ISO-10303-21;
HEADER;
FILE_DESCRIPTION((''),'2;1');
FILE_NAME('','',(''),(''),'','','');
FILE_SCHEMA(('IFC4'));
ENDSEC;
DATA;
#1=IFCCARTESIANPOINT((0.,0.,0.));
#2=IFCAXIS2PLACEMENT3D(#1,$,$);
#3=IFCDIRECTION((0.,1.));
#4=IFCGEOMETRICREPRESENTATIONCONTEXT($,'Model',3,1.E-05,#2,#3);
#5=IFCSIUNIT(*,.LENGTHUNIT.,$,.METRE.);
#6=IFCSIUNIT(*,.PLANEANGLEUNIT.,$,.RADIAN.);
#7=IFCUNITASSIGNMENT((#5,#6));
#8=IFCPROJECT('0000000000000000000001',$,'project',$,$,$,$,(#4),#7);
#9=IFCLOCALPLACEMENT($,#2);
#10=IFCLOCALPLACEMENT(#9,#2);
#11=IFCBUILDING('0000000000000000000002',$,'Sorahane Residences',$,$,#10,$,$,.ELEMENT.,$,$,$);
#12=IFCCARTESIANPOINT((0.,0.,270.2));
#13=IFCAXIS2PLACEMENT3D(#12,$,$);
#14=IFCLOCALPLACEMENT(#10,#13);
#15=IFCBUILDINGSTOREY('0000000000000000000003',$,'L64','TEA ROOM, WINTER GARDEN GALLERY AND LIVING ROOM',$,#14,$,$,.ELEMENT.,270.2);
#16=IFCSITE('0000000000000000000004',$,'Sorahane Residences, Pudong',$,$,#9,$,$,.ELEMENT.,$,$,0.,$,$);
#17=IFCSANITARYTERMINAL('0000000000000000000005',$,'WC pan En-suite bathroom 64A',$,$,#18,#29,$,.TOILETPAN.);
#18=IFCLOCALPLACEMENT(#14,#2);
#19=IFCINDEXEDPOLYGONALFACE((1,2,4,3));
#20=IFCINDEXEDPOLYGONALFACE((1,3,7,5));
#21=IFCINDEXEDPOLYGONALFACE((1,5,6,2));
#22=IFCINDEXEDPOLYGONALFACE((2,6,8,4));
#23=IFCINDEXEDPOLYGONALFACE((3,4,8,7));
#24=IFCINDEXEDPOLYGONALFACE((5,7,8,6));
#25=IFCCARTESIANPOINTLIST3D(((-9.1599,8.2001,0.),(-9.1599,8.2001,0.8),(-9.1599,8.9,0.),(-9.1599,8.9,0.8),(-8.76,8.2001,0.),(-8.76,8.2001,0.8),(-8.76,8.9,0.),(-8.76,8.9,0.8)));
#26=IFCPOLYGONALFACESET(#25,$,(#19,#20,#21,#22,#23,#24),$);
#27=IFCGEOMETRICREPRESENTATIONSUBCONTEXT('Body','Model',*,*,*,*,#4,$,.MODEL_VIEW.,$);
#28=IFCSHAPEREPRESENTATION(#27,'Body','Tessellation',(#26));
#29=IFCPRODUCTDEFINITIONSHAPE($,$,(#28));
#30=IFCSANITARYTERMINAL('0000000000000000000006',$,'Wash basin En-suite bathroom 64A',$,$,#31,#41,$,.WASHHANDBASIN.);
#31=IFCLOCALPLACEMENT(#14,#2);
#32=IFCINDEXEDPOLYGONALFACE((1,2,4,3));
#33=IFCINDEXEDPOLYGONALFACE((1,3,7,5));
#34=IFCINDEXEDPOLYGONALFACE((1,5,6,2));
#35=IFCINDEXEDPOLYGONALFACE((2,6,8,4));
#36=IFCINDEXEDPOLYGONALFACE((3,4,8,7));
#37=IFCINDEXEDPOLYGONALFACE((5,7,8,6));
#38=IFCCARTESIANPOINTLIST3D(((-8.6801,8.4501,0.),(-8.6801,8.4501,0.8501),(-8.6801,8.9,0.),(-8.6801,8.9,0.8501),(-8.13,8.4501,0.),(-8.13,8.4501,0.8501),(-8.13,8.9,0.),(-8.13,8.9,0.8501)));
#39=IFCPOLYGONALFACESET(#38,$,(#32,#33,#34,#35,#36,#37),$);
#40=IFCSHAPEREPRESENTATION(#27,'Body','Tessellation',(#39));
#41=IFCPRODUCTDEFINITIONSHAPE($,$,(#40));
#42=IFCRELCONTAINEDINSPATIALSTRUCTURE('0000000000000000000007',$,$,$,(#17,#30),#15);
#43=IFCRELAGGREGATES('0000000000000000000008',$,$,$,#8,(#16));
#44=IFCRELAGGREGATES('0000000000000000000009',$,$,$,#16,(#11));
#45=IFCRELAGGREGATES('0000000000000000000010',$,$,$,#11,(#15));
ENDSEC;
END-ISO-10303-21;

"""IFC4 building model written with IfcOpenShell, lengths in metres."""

from ifc_helpers import new_model, si_unit, direction, frame, origin, origin_2d, place, context, subcontext, project, spatial, rectangle, extrude, element, save


model = new_model("IFC4")

# Units and contexts
model_context = context("Model", 3, precision=1e-05, world=origin(), true_north=direction((0.0, 1.0)))
body_context = subcontext(model_context, "Body", "Model", "MODEL_VIEW")
ifc_project = project(units=[si_unit("LENGTHUNIT", "METRE"), si_unit("PLANEANGLEUNIT", "RADIAN")], contexts=[model_context])

# Site, building, storey
site_placement = place(None, origin())
site = spatial("IfcSite", under=ifc_project, at=site_placement, Name="Sorahane Residences, Pudong", CompositionType="ELEMENT", RefElevation=0.0)
building_placement = place(site_placement, origin())
building = spatial("IfcBuilding", under=site, at=building_placement, Name="Sorahane Residences", CompositionType="ELEMENT")
storey_placement = place(building_placement, frame((0.0, 0.0, 270.2)))
storey = spatial("IfcBuildingStorey", under=building, at=storey_placement, Name="L64", Description="TEA ROOM, WINTER GARDEN GALLERY AND LIVING ROOM", CompositionType="ELEMENT", Elevation=270.2)

# Sanitary terminals
sanitary_terminal_1_placement = place(storey_placement, frame((-8.96, 8.55, 0.0), z_axis=(0.0, 0.0, 1.0), x_axis=(1.0, 0.0, 0.0)))
element("IfcSanitaryTerminal", 1, at=sanitary_terminal_1_placement, inside=storey, Name="WC pan En-suite bathroom 64A", PredefinedType="TOILETPAN", context=body_context, shape_type="SweptSolid", body=[
    extrude(rectangle(XDim=0.3999, YDim=0.7, at=origin_2d()), origin(), (0.0, 0.0, 1.0), 0.8),
])
sanitary_terminal_2_placement = place(storey_placement, frame((-8.405, 8.675, 0.0), z_axis=(0.0, 0.0, 1.0), x_axis=(1.0, 0.0, 0.0)))
element("IfcSanitaryTerminal", 2, at=sanitary_terminal_2_placement, inside=storey, Name="Wash basin En-suite bathroom 64A", PredefinedType="WASHHANDBASIN", context=body_context, shape_type="SweptSolid", body=[
    extrude(rectangle(XDim=0.55, YDim=0.45, at=origin_2d()), origin(), (0.0, 0.0, 1.0), 0.8501),
])

save(model, "model.ifc")
